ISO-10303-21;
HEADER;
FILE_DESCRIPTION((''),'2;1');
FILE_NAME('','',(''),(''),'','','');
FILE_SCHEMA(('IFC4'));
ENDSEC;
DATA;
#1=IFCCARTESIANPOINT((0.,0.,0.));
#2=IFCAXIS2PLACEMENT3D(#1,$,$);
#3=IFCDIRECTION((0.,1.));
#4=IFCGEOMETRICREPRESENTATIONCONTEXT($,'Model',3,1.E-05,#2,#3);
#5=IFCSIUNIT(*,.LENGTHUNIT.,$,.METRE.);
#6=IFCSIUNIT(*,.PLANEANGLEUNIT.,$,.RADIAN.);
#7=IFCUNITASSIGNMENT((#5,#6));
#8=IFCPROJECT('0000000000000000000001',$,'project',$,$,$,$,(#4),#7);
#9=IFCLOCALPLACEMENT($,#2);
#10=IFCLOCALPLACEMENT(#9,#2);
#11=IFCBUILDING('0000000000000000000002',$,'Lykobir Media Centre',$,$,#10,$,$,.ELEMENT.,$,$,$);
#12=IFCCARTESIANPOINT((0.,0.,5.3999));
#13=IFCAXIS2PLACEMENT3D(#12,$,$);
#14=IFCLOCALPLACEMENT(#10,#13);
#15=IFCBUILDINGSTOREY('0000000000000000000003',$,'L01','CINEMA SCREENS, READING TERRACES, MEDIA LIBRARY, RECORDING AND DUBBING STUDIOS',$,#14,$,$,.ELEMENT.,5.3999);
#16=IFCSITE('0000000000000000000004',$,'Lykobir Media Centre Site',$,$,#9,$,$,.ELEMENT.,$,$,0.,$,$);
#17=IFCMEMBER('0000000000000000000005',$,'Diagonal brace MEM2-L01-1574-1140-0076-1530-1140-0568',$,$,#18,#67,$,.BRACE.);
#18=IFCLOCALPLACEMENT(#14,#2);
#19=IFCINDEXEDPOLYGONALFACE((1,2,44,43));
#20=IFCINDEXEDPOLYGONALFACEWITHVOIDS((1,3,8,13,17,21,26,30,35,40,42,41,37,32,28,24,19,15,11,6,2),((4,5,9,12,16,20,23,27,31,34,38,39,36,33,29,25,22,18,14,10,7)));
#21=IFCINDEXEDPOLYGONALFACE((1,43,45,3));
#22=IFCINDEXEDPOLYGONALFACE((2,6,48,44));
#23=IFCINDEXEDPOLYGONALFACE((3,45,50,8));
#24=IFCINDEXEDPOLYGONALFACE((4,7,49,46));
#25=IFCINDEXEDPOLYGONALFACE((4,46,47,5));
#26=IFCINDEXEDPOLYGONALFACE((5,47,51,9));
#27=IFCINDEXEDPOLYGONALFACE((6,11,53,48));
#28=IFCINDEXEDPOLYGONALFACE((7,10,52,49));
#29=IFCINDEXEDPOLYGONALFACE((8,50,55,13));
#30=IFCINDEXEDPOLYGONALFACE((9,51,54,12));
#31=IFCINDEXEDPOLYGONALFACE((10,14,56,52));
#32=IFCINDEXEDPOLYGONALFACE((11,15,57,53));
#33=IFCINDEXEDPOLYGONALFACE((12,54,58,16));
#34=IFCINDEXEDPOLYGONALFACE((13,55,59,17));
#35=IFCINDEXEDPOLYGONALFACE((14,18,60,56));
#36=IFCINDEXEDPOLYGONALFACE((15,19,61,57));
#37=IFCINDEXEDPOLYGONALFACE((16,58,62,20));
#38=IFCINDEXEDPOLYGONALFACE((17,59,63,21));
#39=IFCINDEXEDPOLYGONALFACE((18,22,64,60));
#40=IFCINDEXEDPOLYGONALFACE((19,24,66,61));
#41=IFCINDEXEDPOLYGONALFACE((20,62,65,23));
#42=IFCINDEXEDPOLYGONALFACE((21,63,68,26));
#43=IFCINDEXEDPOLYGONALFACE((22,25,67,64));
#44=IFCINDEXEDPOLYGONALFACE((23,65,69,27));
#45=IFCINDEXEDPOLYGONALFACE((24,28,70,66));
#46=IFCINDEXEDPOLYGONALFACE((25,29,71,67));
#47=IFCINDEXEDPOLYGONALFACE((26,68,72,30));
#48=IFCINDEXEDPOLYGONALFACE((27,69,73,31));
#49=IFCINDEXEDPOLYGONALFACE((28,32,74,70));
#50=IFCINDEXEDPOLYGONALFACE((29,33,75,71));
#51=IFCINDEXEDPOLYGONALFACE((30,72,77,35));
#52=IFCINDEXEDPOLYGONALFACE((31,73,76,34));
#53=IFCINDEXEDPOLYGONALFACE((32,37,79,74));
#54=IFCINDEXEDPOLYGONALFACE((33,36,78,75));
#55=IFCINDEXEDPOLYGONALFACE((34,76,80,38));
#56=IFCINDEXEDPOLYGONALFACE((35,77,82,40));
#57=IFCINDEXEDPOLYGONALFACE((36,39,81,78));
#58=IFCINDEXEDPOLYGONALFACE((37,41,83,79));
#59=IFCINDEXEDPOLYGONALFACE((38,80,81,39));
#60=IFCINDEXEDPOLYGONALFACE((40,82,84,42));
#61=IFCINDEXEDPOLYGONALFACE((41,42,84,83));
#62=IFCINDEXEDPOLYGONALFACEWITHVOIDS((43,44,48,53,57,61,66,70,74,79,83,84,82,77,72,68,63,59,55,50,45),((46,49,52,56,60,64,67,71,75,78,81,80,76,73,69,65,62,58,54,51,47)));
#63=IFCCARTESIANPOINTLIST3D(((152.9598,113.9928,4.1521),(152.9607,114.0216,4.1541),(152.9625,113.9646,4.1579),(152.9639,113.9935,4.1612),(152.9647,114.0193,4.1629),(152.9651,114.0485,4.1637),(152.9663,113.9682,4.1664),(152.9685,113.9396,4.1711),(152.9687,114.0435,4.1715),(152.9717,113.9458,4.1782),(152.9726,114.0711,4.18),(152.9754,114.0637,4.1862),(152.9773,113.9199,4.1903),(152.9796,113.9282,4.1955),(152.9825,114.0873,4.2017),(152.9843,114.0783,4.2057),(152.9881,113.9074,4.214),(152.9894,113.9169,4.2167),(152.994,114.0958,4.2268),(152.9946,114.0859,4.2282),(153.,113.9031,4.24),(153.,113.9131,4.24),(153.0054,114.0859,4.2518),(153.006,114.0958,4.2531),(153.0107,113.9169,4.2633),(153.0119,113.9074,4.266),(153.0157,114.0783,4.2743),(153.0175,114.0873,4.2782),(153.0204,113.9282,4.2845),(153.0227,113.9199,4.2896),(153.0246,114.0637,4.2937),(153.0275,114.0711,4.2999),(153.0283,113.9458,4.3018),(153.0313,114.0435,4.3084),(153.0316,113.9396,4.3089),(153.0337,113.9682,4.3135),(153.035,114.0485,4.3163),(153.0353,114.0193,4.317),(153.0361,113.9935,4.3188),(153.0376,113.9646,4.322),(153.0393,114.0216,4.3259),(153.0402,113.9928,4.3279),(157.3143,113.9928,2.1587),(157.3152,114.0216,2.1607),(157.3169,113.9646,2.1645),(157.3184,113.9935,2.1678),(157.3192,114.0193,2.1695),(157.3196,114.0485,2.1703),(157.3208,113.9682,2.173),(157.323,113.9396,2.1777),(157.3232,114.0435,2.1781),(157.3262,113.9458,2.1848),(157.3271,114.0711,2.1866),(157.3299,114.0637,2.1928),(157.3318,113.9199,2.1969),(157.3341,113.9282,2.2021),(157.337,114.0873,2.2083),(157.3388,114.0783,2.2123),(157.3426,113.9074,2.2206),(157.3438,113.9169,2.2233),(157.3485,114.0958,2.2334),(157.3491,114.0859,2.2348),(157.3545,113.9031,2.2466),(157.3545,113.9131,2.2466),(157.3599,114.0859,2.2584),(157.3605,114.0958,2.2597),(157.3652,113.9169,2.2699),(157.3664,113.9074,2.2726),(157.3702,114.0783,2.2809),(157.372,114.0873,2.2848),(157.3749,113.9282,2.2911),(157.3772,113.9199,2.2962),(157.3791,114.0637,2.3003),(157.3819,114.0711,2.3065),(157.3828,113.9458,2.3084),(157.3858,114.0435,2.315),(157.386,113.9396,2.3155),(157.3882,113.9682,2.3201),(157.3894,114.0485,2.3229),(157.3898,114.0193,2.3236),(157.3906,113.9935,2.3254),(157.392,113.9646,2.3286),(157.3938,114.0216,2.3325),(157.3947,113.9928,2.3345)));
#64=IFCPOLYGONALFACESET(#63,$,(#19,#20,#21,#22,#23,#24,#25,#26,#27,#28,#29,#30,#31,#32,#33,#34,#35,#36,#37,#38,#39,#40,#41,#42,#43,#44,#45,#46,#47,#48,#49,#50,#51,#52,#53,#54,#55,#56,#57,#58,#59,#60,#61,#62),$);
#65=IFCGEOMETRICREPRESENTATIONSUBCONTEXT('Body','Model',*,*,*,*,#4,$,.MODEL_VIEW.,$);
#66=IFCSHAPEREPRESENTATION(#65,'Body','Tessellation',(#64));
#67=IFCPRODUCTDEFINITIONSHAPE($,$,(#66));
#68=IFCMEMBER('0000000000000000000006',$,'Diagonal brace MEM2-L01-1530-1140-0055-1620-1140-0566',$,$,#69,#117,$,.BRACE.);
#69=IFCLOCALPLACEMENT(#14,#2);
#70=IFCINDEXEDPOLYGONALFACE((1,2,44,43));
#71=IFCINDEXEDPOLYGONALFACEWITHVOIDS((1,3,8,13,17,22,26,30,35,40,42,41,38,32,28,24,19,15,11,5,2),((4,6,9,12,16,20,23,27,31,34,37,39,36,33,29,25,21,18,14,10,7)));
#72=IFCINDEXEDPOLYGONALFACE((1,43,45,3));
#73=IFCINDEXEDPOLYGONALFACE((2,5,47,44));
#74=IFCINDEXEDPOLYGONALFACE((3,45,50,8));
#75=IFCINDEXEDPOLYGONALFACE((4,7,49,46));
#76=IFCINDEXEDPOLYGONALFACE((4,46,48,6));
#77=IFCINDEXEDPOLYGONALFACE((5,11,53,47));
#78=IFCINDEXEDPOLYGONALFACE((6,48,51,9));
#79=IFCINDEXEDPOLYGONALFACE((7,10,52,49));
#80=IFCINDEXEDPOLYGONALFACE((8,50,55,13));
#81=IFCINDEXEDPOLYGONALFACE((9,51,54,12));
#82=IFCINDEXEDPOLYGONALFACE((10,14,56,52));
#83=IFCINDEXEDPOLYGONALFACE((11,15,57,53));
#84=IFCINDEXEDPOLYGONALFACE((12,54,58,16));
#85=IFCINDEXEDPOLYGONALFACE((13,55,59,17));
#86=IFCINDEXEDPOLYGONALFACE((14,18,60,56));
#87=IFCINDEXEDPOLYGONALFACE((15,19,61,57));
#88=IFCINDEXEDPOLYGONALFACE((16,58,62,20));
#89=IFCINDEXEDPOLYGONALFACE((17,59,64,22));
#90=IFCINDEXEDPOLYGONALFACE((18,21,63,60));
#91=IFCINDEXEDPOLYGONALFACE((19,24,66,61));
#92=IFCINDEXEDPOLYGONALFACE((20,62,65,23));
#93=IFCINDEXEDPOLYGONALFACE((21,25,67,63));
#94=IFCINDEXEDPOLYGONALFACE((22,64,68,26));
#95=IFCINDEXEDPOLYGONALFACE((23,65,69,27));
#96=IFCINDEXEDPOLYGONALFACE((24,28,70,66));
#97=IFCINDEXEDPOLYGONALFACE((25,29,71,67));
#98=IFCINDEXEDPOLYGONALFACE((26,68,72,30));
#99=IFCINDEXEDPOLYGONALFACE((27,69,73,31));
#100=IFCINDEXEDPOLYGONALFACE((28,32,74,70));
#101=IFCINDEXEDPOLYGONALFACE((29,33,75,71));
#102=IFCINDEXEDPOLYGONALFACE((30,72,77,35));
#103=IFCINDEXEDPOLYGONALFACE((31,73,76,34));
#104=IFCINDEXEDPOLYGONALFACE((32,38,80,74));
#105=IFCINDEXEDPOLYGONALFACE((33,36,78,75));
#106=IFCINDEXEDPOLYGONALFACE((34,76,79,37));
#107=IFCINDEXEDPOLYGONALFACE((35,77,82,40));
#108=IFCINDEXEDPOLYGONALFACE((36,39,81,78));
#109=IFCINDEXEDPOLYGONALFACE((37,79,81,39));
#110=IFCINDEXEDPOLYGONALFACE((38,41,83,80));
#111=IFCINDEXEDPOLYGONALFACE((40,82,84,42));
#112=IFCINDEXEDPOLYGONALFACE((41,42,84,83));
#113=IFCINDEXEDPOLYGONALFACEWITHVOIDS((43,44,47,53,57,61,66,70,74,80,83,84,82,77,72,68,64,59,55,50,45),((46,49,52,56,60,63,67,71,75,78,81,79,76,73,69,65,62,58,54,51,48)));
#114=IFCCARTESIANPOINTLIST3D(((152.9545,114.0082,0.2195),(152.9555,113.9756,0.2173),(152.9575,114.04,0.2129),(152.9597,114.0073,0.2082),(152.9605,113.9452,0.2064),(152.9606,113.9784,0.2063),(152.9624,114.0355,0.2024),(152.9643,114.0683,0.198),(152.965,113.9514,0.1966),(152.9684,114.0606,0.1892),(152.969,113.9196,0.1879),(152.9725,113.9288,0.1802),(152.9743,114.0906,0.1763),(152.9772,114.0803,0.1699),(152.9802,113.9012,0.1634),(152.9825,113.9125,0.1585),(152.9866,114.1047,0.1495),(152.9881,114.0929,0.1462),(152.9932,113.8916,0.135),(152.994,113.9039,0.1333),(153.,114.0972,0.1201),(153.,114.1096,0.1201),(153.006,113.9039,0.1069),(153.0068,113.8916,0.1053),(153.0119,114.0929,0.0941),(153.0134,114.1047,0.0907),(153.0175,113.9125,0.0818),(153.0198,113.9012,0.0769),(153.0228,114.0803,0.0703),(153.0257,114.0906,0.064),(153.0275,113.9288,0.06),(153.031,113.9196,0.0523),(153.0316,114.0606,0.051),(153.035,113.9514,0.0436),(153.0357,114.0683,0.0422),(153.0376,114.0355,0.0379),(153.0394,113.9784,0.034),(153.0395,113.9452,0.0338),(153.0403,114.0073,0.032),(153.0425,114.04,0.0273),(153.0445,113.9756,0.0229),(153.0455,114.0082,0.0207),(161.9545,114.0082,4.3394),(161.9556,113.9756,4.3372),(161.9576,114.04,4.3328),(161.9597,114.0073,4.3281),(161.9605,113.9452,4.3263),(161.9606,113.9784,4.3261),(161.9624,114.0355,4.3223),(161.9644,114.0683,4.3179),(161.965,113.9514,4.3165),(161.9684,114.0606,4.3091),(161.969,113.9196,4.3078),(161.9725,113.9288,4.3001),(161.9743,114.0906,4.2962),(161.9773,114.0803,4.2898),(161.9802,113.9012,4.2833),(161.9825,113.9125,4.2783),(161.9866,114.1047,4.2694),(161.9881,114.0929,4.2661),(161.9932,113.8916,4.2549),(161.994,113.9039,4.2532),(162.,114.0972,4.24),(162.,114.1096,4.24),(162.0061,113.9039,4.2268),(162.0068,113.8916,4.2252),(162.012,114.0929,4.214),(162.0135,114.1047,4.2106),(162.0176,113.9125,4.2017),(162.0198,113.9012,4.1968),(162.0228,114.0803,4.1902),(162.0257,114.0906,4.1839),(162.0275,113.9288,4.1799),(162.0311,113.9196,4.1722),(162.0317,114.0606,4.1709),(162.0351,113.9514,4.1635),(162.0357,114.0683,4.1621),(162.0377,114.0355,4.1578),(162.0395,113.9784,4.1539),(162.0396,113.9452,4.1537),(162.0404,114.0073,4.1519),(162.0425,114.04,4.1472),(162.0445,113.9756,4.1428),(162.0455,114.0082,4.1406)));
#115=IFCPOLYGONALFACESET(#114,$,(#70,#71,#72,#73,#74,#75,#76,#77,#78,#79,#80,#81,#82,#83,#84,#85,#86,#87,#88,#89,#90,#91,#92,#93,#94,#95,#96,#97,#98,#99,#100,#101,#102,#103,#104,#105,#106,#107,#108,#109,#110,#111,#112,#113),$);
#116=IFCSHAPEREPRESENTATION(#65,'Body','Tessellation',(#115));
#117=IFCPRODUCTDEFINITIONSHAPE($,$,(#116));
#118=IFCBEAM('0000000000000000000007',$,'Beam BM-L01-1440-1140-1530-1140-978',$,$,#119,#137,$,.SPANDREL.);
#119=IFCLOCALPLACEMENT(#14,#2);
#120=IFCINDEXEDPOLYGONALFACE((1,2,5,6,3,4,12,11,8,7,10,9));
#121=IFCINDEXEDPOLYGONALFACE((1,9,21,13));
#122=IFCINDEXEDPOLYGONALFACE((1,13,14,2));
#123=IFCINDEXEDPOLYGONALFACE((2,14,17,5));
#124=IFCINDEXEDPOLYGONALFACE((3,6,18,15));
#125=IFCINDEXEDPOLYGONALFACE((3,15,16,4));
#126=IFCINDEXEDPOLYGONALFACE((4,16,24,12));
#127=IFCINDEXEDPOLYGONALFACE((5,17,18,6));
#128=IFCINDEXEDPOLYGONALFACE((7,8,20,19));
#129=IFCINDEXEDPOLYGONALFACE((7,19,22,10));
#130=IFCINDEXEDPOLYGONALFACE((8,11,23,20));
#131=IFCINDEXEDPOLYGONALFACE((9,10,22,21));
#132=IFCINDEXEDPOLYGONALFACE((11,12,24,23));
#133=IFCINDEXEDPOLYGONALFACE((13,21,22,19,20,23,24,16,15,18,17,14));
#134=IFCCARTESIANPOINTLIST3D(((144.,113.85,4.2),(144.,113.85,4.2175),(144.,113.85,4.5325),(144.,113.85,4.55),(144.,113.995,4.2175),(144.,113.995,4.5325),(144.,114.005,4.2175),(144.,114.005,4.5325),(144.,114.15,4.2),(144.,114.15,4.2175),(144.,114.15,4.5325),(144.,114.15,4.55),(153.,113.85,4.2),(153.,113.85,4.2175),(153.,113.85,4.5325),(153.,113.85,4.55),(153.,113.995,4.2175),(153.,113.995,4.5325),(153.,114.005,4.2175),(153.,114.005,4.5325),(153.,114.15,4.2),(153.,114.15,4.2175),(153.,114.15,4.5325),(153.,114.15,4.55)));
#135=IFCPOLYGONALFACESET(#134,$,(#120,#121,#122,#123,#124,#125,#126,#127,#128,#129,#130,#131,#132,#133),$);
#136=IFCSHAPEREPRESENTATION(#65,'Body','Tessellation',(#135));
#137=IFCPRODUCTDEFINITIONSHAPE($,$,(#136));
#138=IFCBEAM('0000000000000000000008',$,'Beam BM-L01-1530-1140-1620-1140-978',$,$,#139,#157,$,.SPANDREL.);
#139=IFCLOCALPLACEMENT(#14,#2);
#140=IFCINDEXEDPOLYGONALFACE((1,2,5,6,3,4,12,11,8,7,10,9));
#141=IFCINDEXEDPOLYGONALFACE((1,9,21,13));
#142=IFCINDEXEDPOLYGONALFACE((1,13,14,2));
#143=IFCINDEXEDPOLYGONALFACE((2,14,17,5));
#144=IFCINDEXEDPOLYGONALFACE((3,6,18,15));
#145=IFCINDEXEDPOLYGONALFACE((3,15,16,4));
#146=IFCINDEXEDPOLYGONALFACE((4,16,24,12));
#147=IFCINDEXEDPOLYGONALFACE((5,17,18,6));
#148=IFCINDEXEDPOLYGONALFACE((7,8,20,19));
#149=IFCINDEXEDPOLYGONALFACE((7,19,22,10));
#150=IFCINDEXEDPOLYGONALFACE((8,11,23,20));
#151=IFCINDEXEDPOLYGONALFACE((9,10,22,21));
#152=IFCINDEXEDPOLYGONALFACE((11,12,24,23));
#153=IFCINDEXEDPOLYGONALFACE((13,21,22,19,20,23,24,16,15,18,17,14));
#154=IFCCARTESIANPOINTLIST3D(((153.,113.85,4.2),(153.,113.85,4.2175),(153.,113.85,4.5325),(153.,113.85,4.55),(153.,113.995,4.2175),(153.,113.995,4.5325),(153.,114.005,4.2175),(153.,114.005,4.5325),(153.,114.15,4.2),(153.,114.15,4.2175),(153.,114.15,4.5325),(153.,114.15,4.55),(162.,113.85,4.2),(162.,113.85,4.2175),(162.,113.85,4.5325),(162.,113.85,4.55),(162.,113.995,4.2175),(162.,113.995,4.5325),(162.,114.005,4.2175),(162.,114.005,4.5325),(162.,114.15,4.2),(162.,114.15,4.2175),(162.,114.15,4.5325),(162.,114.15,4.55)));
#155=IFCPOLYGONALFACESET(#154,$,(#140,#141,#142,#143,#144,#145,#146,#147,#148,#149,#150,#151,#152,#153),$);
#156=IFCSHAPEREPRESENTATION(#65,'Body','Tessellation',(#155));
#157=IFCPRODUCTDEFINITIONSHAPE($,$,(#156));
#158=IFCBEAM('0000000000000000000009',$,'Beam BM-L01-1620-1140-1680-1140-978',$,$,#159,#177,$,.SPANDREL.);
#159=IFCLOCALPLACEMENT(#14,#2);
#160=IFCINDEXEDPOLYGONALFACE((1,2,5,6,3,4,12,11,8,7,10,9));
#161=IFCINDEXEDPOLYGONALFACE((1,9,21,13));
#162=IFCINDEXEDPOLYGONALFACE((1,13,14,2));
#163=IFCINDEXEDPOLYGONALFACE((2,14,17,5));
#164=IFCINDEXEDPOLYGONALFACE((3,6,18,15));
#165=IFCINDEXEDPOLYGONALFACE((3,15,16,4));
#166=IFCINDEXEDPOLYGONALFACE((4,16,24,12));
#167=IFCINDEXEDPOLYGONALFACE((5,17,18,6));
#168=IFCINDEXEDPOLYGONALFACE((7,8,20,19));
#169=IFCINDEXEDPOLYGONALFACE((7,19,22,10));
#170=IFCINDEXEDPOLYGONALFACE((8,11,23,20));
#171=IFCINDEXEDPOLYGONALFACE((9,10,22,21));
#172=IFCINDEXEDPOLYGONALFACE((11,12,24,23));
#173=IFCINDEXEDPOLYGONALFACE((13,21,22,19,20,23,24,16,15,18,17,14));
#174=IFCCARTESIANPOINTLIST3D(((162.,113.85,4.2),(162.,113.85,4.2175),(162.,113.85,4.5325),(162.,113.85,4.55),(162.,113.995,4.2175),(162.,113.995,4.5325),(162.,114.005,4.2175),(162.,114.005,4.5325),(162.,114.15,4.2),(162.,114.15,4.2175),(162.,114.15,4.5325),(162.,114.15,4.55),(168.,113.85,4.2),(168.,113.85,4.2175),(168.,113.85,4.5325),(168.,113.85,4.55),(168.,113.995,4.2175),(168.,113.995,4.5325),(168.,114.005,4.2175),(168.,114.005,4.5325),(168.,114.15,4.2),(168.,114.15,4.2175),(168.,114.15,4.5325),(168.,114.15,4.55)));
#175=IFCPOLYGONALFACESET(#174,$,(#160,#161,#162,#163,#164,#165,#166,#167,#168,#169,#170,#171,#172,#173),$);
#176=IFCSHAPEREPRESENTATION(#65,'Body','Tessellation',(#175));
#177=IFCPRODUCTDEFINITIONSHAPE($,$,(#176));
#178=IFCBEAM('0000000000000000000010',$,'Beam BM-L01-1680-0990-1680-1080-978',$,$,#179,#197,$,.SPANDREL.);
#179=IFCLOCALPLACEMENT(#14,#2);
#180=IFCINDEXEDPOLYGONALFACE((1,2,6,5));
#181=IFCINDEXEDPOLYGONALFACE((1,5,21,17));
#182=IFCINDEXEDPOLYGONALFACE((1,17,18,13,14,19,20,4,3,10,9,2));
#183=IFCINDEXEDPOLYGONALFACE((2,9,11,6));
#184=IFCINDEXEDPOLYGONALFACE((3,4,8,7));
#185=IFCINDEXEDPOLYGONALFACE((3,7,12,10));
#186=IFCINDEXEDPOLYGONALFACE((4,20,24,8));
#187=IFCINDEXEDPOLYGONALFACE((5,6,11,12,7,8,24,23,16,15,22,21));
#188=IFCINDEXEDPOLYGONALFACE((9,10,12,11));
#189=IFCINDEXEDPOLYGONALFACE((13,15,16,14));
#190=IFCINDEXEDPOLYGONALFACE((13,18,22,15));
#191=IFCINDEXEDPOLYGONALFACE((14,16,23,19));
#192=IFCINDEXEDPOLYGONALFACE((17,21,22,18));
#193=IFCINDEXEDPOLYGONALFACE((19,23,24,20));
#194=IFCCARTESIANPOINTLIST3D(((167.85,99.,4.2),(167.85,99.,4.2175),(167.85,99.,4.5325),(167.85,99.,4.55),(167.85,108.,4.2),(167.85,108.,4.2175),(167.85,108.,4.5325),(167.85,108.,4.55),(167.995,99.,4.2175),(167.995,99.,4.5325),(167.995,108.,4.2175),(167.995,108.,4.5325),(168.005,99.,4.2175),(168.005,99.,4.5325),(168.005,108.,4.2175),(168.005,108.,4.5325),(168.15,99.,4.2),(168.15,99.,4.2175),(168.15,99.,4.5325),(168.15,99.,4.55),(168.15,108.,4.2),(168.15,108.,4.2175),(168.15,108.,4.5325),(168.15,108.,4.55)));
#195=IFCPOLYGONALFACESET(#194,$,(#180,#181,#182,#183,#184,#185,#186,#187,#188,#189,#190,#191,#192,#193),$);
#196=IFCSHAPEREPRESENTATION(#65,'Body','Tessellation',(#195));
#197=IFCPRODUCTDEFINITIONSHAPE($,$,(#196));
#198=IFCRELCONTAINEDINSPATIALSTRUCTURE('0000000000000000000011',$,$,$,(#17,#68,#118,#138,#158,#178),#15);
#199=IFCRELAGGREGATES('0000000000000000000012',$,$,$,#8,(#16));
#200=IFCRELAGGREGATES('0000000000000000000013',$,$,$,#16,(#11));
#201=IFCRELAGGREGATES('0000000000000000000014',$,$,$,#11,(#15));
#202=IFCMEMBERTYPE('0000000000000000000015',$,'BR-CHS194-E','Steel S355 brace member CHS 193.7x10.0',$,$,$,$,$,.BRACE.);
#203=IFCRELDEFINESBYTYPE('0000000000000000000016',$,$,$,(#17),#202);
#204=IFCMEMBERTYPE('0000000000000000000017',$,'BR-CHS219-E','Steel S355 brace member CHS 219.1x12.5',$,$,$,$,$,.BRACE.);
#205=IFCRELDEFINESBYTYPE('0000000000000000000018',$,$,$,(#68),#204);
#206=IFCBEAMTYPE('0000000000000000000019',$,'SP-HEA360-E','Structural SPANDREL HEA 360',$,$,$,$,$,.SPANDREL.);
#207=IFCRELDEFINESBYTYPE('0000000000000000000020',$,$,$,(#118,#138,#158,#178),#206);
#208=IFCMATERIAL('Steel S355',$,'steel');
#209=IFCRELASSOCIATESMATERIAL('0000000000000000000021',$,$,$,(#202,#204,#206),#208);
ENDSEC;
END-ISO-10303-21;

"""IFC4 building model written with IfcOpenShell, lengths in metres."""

from ifc_helpers import new_model, si_unit, direction, frame, origin, origin_2d, place, context, subcontext, project, spatial, hollow_circle, i_section, extrude, material, material_profile, profile_set, type_object, element, save


model = new_model("IFC4")

# Units and contexts
model_context = context("Model", 3, precision=1e-05, world=origin(), true_north=direction((0.0, 1.0)))
body_context = subcontext(model_context, "Body", "Model", "MODEL_VIEW")
ifc_project = project(units=[si_unit("LENGTHUNIT", "METRE"), si_unit("PLANEANGLEUNIT", "RADIAN")], contexts=[model_context])

# Site, building, storey
site_placement = place(None, origin())
site = spatial("IfcSite", under=ifc_project, at=site_placement, Name="Lykobir Media Centre Site", CompositionType="ELEMENT", RefElevation=0.0)
building_placement = place(site_placement, origin())
building = spatial("IfcBuilding", under=site, at=building_placement, Name="Lykobir Media Centre", CompositionType="ELEMENT")
storey_placement = place(building_placement, frame((0.0, 0.0, 5.3999)))
storey = spatial("IfcBuildingStorey", under=building, at=storey_placement, Name="L01", Description="CINEMA SCREENS, READING TERRACES, MEDIA LIBRARY, RECORDING AND DUBBING STUDIOS", CompositionType="ELEMENT", Elevation=5.3999)

# Members
ifc_material_1 = material(Name="Steel S355", Category="steel")
ifc_material_profile_1 = material_profile(ifc_material_1, hollow_circle(Radius=0.0969, WallThickness=0.01, at=origin_2d()), Name="CHS 193.7x10.0")
ifc_profile_set_1 = profile_set([ifc_material_profile_1], Name="Steel S355")
member_type_1 = type_object("IfcMemberType", Name="BR-CHS194-E", Description="Steel S355 brace member CHS 193.7x10.0", PredefinedType="BRACE", material=ifc_profile_set_1)
for number, where, z_axis, x_axis, name in (
    (1, (157.3545, 114.0, 2.2466), (-0.909255, 0.0, 0.41624), (0.0, -1.0, 0.0), "Diagonal brace MEM2-L01-1574-1140-0076-1530-1140-0568"),
):
    element("IfcMember", number, at=place(storey_placement, frame(where, z_axis=z_axis, x_axis=x_axis)), inside=storey, type_object=member_type_1, Name=name, PredefinedType="BRACE", context=body_context, shape_type="SweptSolid", body=[
        extrude(hollow_circle(Radius=0.0969, WallThickness=0.01, at=origin_2d()), origin(), (0.0, 0.0, 1.0), 4.7891),
    ])
ifc_material_profile_2 = material_profile(ifc_material_1, hollow_circle(Radius=0.1096, WallThickness=0.0125, at=origin_2d()), Name="CHS 219.1x12.5")
ifc_profile_set_2 = profile_set([ifc_material_profile_2], Name="Steel S355")
member_type_2 = type_object("IfcMemberType", Name="BR-CHS219-E", Description="Steel S355 brace member CHS 219.1x12.5", PredefinedType="BRACE", material=ifc_profile_set_2)
member_placement = place(storey_placement, frame((153.0, 114.0, 0.1201), z_axis=(0.909261, 0.0, 0.416227), x_axis=(0.0, 1.0, 0.0)))
element("IfcMember", 2, at=member_placement, inside=storey, type_object=member_type_2, Name="Diagonal brace MEM2-L01-1530-1140-0055-1620-1140-0566", PredefinedType="BRACE", context=body_context, shape_type="SweptSolid", body=[
    extrude(hollow_circle(Radius=0.1096, WallThickness=0.0125, at=origin_2d()), origin(), (0.0, 0.0, 1.0), 9.8982),
])

# Beams
ifc_material_profile_3 = material_profile(ifc_material_1, i_section(OverallWidth=0.3, OverallDepth=0.3501, WebThickness=0.01, FlangeThickness=0.0176, at=origin_2d()), Name="HEA 360")
ifc_profile_set_3 = profile_set([ifc_material_profile_3], Name="Steel S355")
beam_type = type_object("IfcBeamType", Name="SP-HEA360-E", Description="Structural SPANDREL HEA 360", PredefinedType="SPANDREL", material=ifc_profile_set_3)
for number, where, z_axis, x_axis, name in (
    (3, (144.0, 114.0, 4.375), (1.0, 0.0, 0.0), (0.0, 1.0, 0.0), "Beam BM-L01-1440-1140-1530-1140-978"),
    (4, (153.0, 114.0, 4.375), (1.0, 0.0, 0.0), (0.0, 1.0, 0.0), "Beam BM-L01-1530-1140-1620-1140-978"),
):
    element("IfcBeam", number, at=place(storey_placement, frame(where, z_axis=z_axis, x_axis=x_axis)), inside=storey, type_object=beam_type, Name=name, PredefinedType="SPANDREL", context=body_context, shape_type="SweptSolid", body=[
        extrude(i_section(OverallWidth=0.3, OverallDepth=0.3501, WebThickness=0.01, FlangeThickness=0.0176, at=origin_2d()), origin(), (0.0, 0.0, 1.0), 9.0),
    ])
beam_1_placement = place(storey_placement, frame((162.0, 114.0, 4.375), z_axis=(1.0, 0.0, 0.0), x_axis=(0.0, 1.0, 0.0)))
element("IfcBeam", 5, at=beam_1_placement, inside=storey, type_object=beam_type, Name="Beam BM-L01-1620-1140-1680-1140-978", PredefinedType="SPANDREL", context=body_context, shape_type="SweptSolid", body=[
    extrude(i_section(OverallWidth=0.3, OverallDepth=0.3501, WebThickness=0.01, FlangeThickness=0.0176, at=origin_2d()), origin(), (0.0, 0.0, 1.0), 6.0),
])
beam_2_placement = place(storey_placement, frame((168.0, 99.0, 4.375), z_axis=(0.0, 1.0, 0.0), x_axis=(-1.0, 0.0, 0.0)))
element("IfcBeam", 6, at=beam_2_placement, inside=storey, type_object=beam_type, Name="Beam BM-L01-1680-0990-1680-1080-978", PredefinedType="SPANDREL", context=body_context, shape_type="SweptSolid", body=[
    extrude(i_section(OverallWidth=0.3, OverallDepth=0.3501, WebThickness=0.01, FlangeThickness=0.0176, at=origin_2d()), origin(), (0.0, 0.0, 1.0), 9.0),
])

save(model, "model.ifc")
